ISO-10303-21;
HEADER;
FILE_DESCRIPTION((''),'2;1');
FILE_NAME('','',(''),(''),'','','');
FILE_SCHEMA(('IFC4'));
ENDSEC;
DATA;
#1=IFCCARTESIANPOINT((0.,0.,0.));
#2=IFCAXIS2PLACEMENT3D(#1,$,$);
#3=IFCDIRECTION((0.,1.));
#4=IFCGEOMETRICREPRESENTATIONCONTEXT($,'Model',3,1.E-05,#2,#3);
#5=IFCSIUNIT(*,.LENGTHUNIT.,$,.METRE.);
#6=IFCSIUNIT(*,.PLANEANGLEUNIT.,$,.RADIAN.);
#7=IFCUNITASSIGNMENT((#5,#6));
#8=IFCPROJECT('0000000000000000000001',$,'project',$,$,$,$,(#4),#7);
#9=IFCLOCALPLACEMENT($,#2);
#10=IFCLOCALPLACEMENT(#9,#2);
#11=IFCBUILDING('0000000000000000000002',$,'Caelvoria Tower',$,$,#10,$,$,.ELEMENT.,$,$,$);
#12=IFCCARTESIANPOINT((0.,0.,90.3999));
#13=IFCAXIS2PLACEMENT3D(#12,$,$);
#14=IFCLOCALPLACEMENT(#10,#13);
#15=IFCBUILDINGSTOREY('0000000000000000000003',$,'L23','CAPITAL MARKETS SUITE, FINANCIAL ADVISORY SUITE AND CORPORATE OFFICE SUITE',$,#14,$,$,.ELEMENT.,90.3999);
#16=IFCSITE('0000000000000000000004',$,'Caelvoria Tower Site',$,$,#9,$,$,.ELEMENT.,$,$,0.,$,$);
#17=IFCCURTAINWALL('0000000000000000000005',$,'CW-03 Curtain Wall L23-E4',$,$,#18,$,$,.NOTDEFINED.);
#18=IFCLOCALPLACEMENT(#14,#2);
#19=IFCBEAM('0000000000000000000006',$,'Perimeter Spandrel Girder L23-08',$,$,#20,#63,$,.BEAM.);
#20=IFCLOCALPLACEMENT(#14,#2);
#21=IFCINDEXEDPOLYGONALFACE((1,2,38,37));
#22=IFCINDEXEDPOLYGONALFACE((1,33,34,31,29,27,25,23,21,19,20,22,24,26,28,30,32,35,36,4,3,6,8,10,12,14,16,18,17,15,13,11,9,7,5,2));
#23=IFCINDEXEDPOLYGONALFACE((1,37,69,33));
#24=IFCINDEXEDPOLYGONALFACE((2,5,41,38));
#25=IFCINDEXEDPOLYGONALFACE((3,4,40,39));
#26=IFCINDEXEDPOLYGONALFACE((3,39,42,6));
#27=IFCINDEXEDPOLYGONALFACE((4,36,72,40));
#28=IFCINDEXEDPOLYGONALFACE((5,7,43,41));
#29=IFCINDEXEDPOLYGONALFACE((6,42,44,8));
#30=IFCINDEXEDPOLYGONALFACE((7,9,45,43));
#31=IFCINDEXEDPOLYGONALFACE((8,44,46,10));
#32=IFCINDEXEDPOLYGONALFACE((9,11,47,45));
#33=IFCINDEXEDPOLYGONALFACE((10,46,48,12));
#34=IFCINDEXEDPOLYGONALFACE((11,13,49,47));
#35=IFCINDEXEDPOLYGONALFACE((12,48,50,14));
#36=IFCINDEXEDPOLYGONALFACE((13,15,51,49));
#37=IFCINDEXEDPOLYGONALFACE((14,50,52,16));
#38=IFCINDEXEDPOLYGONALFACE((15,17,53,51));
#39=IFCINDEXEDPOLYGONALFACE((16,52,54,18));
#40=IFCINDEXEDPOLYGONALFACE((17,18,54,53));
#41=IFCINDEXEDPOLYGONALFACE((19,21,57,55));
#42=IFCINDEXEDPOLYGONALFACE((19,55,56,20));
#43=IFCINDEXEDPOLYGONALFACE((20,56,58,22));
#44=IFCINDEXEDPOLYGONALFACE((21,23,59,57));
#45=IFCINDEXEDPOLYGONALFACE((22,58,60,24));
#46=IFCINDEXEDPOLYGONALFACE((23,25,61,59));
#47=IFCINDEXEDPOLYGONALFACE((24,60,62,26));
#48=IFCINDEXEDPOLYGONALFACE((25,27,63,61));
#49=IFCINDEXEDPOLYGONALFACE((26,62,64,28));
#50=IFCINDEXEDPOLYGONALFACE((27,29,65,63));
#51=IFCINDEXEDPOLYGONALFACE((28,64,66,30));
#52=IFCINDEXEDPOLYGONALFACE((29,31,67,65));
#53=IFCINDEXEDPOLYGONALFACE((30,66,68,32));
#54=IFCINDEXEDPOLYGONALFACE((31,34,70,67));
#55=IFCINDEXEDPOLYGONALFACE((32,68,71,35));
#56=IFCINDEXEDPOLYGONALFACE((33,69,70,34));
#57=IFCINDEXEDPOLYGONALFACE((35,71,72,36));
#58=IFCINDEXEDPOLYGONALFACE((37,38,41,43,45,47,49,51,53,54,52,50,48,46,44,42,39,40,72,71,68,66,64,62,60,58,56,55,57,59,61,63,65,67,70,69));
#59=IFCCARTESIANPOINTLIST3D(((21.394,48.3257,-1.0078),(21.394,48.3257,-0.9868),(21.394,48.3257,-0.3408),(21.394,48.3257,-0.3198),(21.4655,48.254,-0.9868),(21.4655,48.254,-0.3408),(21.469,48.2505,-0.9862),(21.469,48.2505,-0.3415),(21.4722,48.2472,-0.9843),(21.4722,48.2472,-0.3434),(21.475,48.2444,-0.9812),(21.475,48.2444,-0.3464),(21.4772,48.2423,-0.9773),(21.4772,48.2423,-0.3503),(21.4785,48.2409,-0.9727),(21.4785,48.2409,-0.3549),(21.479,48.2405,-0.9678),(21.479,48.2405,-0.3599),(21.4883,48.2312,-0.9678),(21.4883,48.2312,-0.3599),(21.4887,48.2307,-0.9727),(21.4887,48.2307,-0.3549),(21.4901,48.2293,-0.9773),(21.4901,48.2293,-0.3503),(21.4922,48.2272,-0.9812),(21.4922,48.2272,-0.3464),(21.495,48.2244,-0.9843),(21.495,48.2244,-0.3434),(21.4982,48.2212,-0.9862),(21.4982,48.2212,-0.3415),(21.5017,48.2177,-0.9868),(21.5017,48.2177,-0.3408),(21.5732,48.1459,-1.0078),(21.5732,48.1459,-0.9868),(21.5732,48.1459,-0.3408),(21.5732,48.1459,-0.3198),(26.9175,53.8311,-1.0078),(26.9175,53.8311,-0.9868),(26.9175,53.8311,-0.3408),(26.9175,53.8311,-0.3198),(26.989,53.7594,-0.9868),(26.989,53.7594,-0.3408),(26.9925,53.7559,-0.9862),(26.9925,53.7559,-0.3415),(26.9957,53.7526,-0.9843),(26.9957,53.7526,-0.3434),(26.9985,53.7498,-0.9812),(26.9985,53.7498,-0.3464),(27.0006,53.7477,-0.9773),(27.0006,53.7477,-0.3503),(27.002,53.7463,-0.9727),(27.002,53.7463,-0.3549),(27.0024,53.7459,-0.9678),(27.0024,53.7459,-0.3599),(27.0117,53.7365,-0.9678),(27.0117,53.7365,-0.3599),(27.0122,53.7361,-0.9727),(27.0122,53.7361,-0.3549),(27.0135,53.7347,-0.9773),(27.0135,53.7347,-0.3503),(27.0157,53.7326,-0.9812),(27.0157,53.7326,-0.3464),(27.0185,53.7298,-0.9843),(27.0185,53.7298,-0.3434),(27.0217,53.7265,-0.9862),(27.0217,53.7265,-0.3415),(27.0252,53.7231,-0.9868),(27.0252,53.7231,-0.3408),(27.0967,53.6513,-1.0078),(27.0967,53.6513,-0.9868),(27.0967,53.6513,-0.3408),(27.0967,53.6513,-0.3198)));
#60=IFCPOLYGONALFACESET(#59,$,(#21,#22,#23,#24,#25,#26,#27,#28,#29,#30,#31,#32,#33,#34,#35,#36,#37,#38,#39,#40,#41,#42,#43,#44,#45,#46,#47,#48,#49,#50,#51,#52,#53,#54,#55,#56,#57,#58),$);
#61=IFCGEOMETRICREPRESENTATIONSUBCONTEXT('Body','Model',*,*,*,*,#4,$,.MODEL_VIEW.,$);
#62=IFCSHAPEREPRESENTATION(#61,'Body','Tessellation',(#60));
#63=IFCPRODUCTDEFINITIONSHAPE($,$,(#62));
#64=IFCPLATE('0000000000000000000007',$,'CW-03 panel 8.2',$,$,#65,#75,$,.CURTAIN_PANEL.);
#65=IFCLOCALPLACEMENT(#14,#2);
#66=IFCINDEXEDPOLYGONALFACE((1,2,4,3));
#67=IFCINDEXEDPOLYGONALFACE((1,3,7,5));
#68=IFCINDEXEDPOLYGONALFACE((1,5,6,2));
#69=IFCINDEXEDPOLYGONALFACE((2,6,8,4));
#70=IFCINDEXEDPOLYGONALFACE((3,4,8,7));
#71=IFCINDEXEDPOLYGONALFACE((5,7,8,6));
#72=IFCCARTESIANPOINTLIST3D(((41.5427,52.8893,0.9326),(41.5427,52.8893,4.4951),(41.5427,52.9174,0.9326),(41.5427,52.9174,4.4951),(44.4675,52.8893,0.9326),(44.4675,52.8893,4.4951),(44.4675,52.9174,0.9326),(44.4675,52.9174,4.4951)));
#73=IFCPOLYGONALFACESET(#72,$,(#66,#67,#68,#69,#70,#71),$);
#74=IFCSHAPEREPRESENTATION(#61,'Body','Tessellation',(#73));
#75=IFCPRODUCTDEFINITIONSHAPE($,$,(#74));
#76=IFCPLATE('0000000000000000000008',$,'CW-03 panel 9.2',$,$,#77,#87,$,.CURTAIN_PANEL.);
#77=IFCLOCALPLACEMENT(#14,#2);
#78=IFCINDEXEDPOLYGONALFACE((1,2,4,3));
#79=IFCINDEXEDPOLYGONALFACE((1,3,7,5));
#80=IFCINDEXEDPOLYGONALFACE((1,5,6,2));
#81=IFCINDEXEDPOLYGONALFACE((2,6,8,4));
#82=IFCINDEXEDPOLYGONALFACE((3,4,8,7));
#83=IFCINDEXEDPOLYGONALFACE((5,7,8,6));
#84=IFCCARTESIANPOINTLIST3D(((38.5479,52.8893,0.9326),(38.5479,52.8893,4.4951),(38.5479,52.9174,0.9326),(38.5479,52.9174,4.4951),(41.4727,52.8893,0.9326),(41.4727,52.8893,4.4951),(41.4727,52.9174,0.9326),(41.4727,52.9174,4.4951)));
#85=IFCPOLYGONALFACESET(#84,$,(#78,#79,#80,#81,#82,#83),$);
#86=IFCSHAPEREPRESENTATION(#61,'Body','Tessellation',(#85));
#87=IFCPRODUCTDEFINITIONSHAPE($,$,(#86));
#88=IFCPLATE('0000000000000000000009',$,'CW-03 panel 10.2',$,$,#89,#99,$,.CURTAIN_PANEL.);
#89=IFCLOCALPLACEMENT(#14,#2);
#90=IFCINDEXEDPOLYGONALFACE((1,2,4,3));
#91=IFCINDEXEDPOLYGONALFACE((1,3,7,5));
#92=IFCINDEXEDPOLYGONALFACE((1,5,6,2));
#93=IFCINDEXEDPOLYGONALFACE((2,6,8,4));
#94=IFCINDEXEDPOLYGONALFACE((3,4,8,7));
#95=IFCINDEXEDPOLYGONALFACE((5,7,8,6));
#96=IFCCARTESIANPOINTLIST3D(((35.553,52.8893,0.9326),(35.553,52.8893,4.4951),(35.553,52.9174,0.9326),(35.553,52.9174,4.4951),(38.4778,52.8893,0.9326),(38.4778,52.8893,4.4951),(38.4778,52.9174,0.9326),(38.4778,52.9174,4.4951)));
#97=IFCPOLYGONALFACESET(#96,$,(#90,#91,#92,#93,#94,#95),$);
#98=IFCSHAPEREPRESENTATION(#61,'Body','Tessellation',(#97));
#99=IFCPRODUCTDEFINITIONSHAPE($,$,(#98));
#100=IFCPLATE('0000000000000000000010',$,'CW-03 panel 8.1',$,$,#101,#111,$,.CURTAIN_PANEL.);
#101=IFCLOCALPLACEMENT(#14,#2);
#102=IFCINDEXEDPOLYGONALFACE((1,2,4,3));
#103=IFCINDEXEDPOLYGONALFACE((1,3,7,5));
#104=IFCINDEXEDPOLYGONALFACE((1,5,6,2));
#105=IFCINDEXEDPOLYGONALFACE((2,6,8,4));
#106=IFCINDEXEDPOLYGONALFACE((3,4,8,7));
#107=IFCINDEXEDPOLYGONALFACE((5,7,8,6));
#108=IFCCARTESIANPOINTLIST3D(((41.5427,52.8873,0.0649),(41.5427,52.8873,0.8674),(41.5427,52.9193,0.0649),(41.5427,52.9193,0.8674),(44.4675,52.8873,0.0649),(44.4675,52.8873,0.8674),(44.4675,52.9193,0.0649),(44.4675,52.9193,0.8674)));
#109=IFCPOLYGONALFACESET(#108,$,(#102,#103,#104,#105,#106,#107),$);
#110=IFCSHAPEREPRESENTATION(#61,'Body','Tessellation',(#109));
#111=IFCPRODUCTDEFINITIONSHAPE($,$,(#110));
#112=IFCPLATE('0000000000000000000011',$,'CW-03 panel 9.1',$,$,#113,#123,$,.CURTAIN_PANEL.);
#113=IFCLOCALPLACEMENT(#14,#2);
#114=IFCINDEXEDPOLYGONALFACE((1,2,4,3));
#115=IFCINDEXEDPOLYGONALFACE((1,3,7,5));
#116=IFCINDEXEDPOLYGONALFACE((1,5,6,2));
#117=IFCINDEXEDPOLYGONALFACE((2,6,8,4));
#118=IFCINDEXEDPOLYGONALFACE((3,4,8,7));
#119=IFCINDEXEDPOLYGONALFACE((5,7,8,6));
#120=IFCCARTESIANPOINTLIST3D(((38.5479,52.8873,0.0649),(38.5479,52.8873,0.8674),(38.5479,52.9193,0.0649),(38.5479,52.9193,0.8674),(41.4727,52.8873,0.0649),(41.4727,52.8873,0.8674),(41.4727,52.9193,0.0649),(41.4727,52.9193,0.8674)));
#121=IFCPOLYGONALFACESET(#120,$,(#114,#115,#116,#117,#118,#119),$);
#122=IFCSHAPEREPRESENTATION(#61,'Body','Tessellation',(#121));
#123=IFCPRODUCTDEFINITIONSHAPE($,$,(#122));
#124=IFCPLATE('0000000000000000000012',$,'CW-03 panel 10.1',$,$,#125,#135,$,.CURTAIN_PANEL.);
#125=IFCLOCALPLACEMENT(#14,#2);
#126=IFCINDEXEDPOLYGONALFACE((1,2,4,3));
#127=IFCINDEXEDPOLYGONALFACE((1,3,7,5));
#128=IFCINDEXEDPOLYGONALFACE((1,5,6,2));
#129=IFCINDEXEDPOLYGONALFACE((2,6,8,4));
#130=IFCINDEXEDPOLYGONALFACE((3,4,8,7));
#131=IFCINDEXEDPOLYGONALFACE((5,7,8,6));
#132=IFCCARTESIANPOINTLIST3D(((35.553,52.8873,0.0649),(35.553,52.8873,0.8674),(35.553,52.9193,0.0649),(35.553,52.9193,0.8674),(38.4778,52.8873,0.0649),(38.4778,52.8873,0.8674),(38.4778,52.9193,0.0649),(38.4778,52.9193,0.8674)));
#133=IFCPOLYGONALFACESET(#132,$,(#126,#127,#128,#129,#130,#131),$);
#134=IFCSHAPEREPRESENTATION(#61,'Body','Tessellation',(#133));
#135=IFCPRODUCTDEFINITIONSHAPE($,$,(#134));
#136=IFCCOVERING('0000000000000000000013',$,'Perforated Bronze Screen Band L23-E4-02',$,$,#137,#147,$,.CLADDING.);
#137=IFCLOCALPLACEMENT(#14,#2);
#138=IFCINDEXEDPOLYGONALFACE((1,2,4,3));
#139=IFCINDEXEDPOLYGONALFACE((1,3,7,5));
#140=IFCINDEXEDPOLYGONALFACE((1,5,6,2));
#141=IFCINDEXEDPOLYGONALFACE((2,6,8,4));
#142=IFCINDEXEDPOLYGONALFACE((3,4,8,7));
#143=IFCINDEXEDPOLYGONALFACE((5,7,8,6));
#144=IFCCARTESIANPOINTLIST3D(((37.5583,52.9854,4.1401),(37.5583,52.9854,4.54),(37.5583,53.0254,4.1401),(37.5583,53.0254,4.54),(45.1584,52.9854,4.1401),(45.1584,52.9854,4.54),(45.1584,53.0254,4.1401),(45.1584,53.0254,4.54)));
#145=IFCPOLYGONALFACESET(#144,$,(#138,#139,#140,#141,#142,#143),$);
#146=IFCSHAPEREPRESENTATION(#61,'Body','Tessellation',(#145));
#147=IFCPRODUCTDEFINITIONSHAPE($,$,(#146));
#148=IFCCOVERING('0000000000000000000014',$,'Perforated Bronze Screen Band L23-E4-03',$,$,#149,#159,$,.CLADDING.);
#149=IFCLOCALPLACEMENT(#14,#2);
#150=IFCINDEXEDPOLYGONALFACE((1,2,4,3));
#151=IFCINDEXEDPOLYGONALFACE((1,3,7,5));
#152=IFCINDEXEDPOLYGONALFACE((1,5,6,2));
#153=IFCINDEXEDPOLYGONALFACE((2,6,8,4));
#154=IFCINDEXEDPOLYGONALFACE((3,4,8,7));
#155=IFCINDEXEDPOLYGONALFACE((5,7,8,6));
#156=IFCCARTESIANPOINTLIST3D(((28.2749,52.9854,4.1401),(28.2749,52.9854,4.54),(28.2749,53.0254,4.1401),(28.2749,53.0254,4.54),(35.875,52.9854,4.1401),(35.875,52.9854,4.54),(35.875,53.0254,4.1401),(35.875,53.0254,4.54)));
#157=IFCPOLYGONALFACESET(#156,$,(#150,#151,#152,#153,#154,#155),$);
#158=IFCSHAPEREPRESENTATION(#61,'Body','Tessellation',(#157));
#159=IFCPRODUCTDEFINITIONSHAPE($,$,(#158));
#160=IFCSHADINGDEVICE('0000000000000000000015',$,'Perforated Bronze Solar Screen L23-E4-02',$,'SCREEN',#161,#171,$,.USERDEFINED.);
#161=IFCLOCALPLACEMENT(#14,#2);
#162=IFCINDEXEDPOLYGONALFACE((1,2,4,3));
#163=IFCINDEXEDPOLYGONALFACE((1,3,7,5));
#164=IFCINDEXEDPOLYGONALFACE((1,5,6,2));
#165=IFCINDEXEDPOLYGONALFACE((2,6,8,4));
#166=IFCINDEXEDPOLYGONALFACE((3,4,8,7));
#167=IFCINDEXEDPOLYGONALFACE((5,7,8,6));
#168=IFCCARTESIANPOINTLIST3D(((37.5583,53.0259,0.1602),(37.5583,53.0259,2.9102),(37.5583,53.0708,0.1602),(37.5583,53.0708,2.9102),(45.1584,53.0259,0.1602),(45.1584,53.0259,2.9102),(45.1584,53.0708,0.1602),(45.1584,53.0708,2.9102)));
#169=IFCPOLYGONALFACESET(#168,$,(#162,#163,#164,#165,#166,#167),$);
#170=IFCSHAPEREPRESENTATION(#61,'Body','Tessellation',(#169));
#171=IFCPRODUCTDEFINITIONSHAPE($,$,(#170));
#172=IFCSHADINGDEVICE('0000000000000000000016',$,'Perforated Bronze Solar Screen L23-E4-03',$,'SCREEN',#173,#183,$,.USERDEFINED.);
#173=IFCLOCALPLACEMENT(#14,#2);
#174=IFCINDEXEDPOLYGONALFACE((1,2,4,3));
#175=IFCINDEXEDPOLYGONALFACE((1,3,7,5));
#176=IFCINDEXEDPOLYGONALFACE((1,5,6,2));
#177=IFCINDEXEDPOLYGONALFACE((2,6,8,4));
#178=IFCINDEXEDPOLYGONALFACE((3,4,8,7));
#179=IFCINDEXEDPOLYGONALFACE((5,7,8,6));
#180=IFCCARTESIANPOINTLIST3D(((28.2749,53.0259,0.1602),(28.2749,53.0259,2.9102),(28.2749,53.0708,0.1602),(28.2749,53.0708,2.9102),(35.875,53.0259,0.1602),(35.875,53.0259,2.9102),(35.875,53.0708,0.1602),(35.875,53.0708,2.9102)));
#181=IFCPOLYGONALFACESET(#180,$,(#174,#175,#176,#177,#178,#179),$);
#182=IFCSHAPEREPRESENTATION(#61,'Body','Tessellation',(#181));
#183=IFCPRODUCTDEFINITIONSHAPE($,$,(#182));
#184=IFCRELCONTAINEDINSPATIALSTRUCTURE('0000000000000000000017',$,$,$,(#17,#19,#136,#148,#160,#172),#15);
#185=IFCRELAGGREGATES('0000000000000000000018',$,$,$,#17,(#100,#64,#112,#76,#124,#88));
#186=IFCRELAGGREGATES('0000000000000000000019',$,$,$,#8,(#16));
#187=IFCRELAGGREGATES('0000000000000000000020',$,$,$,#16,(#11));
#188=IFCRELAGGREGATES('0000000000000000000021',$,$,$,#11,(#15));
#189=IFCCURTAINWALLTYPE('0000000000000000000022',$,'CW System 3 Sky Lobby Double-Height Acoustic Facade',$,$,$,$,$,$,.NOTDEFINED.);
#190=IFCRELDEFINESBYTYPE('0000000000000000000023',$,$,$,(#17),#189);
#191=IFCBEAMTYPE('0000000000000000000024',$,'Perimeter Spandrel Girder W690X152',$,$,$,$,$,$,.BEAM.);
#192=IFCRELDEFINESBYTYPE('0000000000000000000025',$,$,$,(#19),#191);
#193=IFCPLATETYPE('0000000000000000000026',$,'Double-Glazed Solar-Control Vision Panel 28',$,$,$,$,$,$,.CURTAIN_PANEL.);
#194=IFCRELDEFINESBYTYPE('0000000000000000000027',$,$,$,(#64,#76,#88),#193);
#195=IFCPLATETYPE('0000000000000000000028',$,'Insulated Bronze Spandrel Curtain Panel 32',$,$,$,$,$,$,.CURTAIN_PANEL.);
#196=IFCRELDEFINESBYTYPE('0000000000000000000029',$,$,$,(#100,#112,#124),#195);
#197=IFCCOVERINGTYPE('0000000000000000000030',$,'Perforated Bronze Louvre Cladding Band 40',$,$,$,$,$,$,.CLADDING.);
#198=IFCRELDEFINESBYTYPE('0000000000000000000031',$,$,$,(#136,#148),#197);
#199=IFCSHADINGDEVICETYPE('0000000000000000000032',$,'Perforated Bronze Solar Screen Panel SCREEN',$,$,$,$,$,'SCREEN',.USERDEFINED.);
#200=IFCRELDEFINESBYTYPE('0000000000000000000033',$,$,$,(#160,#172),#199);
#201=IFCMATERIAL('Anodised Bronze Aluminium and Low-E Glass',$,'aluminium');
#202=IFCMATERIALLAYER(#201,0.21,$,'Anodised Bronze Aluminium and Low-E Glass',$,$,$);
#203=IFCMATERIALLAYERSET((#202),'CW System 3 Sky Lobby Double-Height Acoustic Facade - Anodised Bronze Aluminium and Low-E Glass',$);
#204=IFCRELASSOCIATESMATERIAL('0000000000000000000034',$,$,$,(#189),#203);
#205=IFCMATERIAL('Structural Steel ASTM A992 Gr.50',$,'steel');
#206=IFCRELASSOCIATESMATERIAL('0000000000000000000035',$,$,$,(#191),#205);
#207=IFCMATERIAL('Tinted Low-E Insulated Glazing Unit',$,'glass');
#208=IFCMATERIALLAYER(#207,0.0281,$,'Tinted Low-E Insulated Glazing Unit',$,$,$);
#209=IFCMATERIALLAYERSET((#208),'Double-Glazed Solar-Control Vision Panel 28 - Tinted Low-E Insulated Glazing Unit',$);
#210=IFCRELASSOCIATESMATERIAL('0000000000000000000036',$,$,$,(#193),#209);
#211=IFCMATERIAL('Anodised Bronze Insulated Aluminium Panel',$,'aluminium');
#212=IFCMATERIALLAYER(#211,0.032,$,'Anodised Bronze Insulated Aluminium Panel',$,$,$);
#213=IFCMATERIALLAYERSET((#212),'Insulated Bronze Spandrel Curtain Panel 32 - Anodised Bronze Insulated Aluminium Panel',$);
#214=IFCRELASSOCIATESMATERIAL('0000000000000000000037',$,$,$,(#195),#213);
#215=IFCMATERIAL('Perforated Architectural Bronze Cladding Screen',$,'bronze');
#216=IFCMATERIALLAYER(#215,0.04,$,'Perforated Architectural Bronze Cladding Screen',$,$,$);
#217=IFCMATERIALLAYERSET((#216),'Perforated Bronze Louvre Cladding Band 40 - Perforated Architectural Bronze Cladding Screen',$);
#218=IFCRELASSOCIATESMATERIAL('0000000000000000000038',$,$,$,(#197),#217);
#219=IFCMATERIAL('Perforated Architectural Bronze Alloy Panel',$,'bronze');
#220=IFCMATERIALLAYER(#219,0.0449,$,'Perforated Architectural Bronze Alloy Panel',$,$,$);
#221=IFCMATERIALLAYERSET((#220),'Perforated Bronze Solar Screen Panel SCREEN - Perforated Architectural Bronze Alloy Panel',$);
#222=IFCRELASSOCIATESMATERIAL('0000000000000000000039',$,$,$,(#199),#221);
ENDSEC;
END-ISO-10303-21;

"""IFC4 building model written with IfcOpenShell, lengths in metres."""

from ifc_helpers import new_model, si_unit, direction, frame, origin, origin_2d, place, context, subcontext, project, spatial, rectangle, i_section, extrude, material, layer, layer_set, material_profile, profile_set, type_object, element, aggregate, save


model = new_model("IFC4")

# Units and contexts
model_context = context("Model", 3, precision=1e-05, world=origin(), true_north=direction((0.0, 1.0)))
body_context = subcontext(model_context, "Body", "Model", "MODEL_VIEW")
ifc_project = project(units=[si_unit("LENGTHUNIT", "METRE"), si_unit("PLANEANGLEUNIT", "RADIAN")], contexts=[model_context])

# Site, building, storey
site_placement = place(None, origin())
site = spatial("IfcSite", under=ifc_project, at=site_placement, Name="Caelvoria Tower Site", CompositionType="ELEMENT", RefElevation=0.0)
building_placement = place(site_placement, origin())
building = spatial("IfcBuilding", under=site, at=building_placement, Name="Caelvoria Tower", CompositionType="ELEMENT")
storey_placement = place(building_placement, frame((0.0, 0.0, 90.3999)))
storey = spatial("IfcBuildingStorey", under=building, at=storey_placement, Name="L23", Description="CAPITAL MARKETS SUITE, FINANCIAL ADVISORY SUITE AND CORPORATE OFFICE SUITE", CompositionType="ELEMENT", Elevation=90.3999)

# Curtain wall
ifc_material_1 = material(Name="Anodised Bronze Aluminium and Low-E Glass", Category="aluminium")
ifc_layer_1 = layer(ifc_material_1, 0.21, Name="Anodised Bronze Aluminium and Low-E Glass")
ifc_layer_set_1 = layer_set([ifc_layer_1], Name="CW System 3 Sky Lobby Double-Height Acoustic Facade - Anodised Bronze Aluminium and Low-E Glass")
curtain_wall_type = type_object("IfcCurtainWallType", Name="CW System 3 Sky Lobby Double-Height Acoustic Facade", PredefinedType="NOTDEFINED", material=ifc_layer_set_1)
curtain_wall_1_placement = place(storey_placement, origin())
curtain_wall_1 = element("IfcCurtainWall", 1, at=curtain_wall_1_placement, inside=storey, type_object=curtain_wall_type, Name="CW-03 Curtain Wall L23-E4", PredefinedType="NOTDEFINED")

# Beam
ifc_material_2 = material(Name="Structural Steel ASTM A992 Gr.50", Category="steel")
ifc_material_profile_1 = material_profile(ifc_material_2, i_section(OverallWidth=0.2539, OverallDepth=0.688, WebThickness=0.0132, FlangeThickness=0.021, FilletRadius=0.019, at=origin_2d()), Name="Structural Steel ASTM A992 Gr.50")
ifc_profile_set_1 = profile_set([ifc_material_profile_1], Name="W690X152 - Structural Steel ASTM A992 Gr.50")
beam_type = type_object("IfcBeamType", Name="Perimeter Spandrel Girder W690X152", PredefinedType="BEAM", material=ifc_profile_set_1)
beam_placement = place(storey_placement, frame((27.0071, 53.7412, -0.6638), z_axis=(-0.708264, -0.705948, 0.0), x_axis=(0.705948, -0.708264, 0.0)))
element("IfcBeam", 2, at=beam_placement, inside=storey, type_object=beam_type, Name="Perimeter Spandrel Girder L23-08", PredefinedType="BEAM", context=body_context, shape_type="SweptSolid", body=[
    extrude(i_section(OverallWidth=0.2539, OverallDepth=0.688, WebThickness=0.0132, FlangeThickness=0.021, FilletRadius=0.019, at=origin_2d()), origin(), (0.0, 0.0, 1.0), 7.7986),
])

# Plates
ifc_material_3 = material(Name="Tinted Low-E Insulated Glazing Unit", Category="glass")
ifc_layer_2 = layer(ifc_material_3, 0.0281, Name="Tinted Low-E Insulated Glazing Unit")
ifc_layer_set_2 = layer_set([ifc_layer_2], Name="Double-Glazed Solar-Control Vision Panel 28 - Tinted Low-E Insulated Glazing Unit")
plate_type_1 = type_object("IfcPlateType", Name="Double-Glazed Solar-Control Vision Panel 28", PredefinedType="CURTAIN_PANEL", material=ifc_layer_set_2)
plate_1_placement = place(storey_placement, frame((43.0051, 52.9033, 0.9326), z_axis=(0.0, 0.0, 1.0), x_axis=(-1.0, 0.0, 0.0)))
plate_1 = element("IfcPlate", 3, at=plate_1_placement, type_object=plate_type_1, Name="CW-03 panel 8.2", PredefinedType="CURTAIN_PANEL", context=body_context, shape_type="SweptSolid", body=[
    extrude(rectangle(XDim=2.9248, YDim=0.0281, at=origin_2d()), origin(), (0.0, 0.0, 1.0), 3.5625),
])
plate_2_placement = place(storey_placement, frame((40.0103, 52.9033, 0.9326), z_axis=(0.0, 0.0, 1.0), x_axis=(-1.0, 0.0, 0.0)))
plate_2 = element("IfcPlate", 4, at=plate_2_placement, type_object=plate_type_1, Name="CW-03 panel 9.2", PredefinedType="CURTAIN_PANEL", context=body_context, shape_type="SweptSolid", body=[
    extrude(rectangle(XDim=2.9248, YDim=0.0281, at=origin_2d()), origin(), (0.0, 0.0, 1.0), 3.5625),
])
plate_3_placement = place(storey_placement, frame((37.0154, 52.9033, 0.9326), z_axis=(0.0, 0.0, 1.0), x_axis=(-1.0, 0.0, 0.0)))
plate_3 = element("IfcPlate", 5, at=plate_3_placement, type_object=plate_type_1, Name="CW-03 panel 10.2", PredefinedType="CURTAIN_PANEL", context=body_context, shape_type="SweptSolid", body=[
    extrude(rectangle(XDim=2.9248, YDim=0.0281, at=origin_2d()), origin(), (0.0, 0.0, 1.0), 3.5625),
])
ifc_material_4 = material(Name="Anodised Bronze Insulated Aluminium Panel", Category="aluminium")
ifc_layer_3 = layer(ifc_material_4, 0.032, Name="Anodised Bronze Insulated Aluminium Panel")
ifc_layer_set_3 = layer_set([ifc_layer_3], Name="Insulated Bronze Spandrel Curtain Panel 32 - Anodised Bronze Insulated Aluminium Panel")
plate_type_2 = type_object("IfcPlateType", Name="Insulated Bronze Spandrel Curtain Panel 32", PredefinedType="CURTAIN_PANEL", material=ifc_layer_set_3)
plate_4_placement = place(storey_placement, frame((43.0051, 52.9033, 0.0649), z_axis=(0.0, 0.0, 1.0), x_axis=(-1.0, 0.0, 0.0)))
plate_4 = element("IfcPlate", 6, at=plate_4_placement, type_object=plate_type_2, Name="CW-03 panel 8.1", PredefinedType="CURTAIN_PANEL", context=body_context, shape_type="SweptSolid", body=[
    extrude(rectangle(XDim=2.9248, YDim=0.032, at=origin_2d()), origin(), (0.0, 0.0, 1.0), 0.8025),
])
plate_5_placement = place(storey_placement, frame((40.0103, 52.9033, 0.0649), z_axis=(0.0, 0.0, 1.0), x_axis=(-1.0, 0.0, 0.0)))
plate_5 = element("IfcPlate", 7, at=plate_5_placement, type_object=plate_type_2, Name="CW-03 panel 9.1", PredefinedType="CURTAIN_PANEL", context=body_context, shape_type="SweptSolid", body=[
    extrude(rectangle(XDim=2.9248, YDim=0.032, at=origin_2d()), origin(), (0.0, 0.0, 1.0), 0.8025),
])
plate_6_placement = place(storey_placement, frame((37.0154, 52.9033, 0.0649), z_axis=(0.0, 0.0, 1.0), x_axis=(-1.0, 0.0, 0.0)))
plate_6 = element("IfcPlate", 8, at=plate_6_placement, type_object=plate_type_2, Name="CW-03 panel 10.1", PredefinedType="CURTAIN_PANEL", context=body_context, shape_type="SweptSolid", body=[
    extrude(rectangle(XDim=2.9248, YDim=0.032, at=origin_2d()), origin(), (0.0, 0.0, 1.0), 0.8025),
])
aggregate(curtain_wall_1, [plate_4, plate_1, plate_5, plate_2, plate_6, plate_3])

# Coverings
ifc_material_5 = material(Name="Perforated Architectural Bronze Cladding Screen", Category="bronze")
ifc_layer_4 = layer(ifc_material_5, 0.04, Name="Perforated Architectural Bronze Cladding Screen")
ifc_layer_set_4 = layer_set([ifc_layer_4], Name="Perforated Bronze Louvre Cladding Band 40 - Perforated Architectural Bronze Cladding Screen")
covering_type = type_object("IfcCoveringType", Name="Perforated Bronze Louvre Cladding Band 40", PredefinedType="CLADDING", material=ifc_layer_set_4)
for number, where, z_axis, x_axis, name in (
    (9, (41.3584, 53.0054, 4.1401), (0.0, 0.0, 1.0), (-1.0, 0.0, 0.0), "Perforated Bronze Screen Band L23-E4-02"),
    (10, (32.075, 53.0054, 4.1401), (0.0, 0.0, 1.0), (-1.0, 0.0, 0.0), "Perforated Bronze Screen Band L23-E4-03"),
):
    element("IfcCovering", number, at=place(storey_placement, frame(where, z_axis=z_axis, x_axis=x_axis)), inside=storey, type_object=covering_type, Name=name, PredefinedType="CLADDING", context=body_context, shape_type="SweptSolid", body=[
        extrude(rectangle(XDim=7.6001, YDim=0.04, at=origin_2d()), origin(), (0.0, 0.0, 1.0), 0.3999),
    ])

# Shading devices
ifc_material_6 = material(Name="Perforated Architectural Bronze Alloy Panel", Category="bronze")
ifc_layer_5 = layer(ifc_material_6, 0.0449, Name="Perforated Architectural Bronze Alloy Panel")
ifc_layer_set_5 = layer_set([ifc_layer_5], Name="Perforated Bronze Solar Screen Panel SCREEN - Perforated Architectural Bronze Alloy Panel")
shading_device_type = type_object("IfcShadingDeviceType", Name="Perforated Bronze Solar Screen Panel SCREEN", ElementType="SCREEN", PredefinedType="USERDEFINED", material=ifc_layer_set_5)
for number, where, z_axis, x_axis, name in (
    (11, (41.3584, 53.0483, 0.1602), (0.0, 0.0, 1.0), (-1.0, 0.0, 0.0), "Perforated Bronze Solar Screen L23-E4-02"),
    (12, (32.075, 53.0483, 0.1602), (0.0, 0.0, 1.0), (-1.0, 0.0, 0.0), "Perforated Bronze Solar Screen L23-E4-03"),
):
    element("IfcShadingDevice", number, at=place(storey_placement, frame(where, z_axis=z_axis, x_axis=x_axis)), inside=storey, type_object=shading_device_type, Name=name, ObjectType="SCREEN", PredefinedType="USERDEFINED", context=body_context, shape_type="SweptSolid", body=[
        extrude(rectangle(XDim=7.6001, YDim=0.0449, at=origin_2d()), origin(), (0.0, 0.0, 1.0), 2.75),
    ])

save(model, "model.ifc")
